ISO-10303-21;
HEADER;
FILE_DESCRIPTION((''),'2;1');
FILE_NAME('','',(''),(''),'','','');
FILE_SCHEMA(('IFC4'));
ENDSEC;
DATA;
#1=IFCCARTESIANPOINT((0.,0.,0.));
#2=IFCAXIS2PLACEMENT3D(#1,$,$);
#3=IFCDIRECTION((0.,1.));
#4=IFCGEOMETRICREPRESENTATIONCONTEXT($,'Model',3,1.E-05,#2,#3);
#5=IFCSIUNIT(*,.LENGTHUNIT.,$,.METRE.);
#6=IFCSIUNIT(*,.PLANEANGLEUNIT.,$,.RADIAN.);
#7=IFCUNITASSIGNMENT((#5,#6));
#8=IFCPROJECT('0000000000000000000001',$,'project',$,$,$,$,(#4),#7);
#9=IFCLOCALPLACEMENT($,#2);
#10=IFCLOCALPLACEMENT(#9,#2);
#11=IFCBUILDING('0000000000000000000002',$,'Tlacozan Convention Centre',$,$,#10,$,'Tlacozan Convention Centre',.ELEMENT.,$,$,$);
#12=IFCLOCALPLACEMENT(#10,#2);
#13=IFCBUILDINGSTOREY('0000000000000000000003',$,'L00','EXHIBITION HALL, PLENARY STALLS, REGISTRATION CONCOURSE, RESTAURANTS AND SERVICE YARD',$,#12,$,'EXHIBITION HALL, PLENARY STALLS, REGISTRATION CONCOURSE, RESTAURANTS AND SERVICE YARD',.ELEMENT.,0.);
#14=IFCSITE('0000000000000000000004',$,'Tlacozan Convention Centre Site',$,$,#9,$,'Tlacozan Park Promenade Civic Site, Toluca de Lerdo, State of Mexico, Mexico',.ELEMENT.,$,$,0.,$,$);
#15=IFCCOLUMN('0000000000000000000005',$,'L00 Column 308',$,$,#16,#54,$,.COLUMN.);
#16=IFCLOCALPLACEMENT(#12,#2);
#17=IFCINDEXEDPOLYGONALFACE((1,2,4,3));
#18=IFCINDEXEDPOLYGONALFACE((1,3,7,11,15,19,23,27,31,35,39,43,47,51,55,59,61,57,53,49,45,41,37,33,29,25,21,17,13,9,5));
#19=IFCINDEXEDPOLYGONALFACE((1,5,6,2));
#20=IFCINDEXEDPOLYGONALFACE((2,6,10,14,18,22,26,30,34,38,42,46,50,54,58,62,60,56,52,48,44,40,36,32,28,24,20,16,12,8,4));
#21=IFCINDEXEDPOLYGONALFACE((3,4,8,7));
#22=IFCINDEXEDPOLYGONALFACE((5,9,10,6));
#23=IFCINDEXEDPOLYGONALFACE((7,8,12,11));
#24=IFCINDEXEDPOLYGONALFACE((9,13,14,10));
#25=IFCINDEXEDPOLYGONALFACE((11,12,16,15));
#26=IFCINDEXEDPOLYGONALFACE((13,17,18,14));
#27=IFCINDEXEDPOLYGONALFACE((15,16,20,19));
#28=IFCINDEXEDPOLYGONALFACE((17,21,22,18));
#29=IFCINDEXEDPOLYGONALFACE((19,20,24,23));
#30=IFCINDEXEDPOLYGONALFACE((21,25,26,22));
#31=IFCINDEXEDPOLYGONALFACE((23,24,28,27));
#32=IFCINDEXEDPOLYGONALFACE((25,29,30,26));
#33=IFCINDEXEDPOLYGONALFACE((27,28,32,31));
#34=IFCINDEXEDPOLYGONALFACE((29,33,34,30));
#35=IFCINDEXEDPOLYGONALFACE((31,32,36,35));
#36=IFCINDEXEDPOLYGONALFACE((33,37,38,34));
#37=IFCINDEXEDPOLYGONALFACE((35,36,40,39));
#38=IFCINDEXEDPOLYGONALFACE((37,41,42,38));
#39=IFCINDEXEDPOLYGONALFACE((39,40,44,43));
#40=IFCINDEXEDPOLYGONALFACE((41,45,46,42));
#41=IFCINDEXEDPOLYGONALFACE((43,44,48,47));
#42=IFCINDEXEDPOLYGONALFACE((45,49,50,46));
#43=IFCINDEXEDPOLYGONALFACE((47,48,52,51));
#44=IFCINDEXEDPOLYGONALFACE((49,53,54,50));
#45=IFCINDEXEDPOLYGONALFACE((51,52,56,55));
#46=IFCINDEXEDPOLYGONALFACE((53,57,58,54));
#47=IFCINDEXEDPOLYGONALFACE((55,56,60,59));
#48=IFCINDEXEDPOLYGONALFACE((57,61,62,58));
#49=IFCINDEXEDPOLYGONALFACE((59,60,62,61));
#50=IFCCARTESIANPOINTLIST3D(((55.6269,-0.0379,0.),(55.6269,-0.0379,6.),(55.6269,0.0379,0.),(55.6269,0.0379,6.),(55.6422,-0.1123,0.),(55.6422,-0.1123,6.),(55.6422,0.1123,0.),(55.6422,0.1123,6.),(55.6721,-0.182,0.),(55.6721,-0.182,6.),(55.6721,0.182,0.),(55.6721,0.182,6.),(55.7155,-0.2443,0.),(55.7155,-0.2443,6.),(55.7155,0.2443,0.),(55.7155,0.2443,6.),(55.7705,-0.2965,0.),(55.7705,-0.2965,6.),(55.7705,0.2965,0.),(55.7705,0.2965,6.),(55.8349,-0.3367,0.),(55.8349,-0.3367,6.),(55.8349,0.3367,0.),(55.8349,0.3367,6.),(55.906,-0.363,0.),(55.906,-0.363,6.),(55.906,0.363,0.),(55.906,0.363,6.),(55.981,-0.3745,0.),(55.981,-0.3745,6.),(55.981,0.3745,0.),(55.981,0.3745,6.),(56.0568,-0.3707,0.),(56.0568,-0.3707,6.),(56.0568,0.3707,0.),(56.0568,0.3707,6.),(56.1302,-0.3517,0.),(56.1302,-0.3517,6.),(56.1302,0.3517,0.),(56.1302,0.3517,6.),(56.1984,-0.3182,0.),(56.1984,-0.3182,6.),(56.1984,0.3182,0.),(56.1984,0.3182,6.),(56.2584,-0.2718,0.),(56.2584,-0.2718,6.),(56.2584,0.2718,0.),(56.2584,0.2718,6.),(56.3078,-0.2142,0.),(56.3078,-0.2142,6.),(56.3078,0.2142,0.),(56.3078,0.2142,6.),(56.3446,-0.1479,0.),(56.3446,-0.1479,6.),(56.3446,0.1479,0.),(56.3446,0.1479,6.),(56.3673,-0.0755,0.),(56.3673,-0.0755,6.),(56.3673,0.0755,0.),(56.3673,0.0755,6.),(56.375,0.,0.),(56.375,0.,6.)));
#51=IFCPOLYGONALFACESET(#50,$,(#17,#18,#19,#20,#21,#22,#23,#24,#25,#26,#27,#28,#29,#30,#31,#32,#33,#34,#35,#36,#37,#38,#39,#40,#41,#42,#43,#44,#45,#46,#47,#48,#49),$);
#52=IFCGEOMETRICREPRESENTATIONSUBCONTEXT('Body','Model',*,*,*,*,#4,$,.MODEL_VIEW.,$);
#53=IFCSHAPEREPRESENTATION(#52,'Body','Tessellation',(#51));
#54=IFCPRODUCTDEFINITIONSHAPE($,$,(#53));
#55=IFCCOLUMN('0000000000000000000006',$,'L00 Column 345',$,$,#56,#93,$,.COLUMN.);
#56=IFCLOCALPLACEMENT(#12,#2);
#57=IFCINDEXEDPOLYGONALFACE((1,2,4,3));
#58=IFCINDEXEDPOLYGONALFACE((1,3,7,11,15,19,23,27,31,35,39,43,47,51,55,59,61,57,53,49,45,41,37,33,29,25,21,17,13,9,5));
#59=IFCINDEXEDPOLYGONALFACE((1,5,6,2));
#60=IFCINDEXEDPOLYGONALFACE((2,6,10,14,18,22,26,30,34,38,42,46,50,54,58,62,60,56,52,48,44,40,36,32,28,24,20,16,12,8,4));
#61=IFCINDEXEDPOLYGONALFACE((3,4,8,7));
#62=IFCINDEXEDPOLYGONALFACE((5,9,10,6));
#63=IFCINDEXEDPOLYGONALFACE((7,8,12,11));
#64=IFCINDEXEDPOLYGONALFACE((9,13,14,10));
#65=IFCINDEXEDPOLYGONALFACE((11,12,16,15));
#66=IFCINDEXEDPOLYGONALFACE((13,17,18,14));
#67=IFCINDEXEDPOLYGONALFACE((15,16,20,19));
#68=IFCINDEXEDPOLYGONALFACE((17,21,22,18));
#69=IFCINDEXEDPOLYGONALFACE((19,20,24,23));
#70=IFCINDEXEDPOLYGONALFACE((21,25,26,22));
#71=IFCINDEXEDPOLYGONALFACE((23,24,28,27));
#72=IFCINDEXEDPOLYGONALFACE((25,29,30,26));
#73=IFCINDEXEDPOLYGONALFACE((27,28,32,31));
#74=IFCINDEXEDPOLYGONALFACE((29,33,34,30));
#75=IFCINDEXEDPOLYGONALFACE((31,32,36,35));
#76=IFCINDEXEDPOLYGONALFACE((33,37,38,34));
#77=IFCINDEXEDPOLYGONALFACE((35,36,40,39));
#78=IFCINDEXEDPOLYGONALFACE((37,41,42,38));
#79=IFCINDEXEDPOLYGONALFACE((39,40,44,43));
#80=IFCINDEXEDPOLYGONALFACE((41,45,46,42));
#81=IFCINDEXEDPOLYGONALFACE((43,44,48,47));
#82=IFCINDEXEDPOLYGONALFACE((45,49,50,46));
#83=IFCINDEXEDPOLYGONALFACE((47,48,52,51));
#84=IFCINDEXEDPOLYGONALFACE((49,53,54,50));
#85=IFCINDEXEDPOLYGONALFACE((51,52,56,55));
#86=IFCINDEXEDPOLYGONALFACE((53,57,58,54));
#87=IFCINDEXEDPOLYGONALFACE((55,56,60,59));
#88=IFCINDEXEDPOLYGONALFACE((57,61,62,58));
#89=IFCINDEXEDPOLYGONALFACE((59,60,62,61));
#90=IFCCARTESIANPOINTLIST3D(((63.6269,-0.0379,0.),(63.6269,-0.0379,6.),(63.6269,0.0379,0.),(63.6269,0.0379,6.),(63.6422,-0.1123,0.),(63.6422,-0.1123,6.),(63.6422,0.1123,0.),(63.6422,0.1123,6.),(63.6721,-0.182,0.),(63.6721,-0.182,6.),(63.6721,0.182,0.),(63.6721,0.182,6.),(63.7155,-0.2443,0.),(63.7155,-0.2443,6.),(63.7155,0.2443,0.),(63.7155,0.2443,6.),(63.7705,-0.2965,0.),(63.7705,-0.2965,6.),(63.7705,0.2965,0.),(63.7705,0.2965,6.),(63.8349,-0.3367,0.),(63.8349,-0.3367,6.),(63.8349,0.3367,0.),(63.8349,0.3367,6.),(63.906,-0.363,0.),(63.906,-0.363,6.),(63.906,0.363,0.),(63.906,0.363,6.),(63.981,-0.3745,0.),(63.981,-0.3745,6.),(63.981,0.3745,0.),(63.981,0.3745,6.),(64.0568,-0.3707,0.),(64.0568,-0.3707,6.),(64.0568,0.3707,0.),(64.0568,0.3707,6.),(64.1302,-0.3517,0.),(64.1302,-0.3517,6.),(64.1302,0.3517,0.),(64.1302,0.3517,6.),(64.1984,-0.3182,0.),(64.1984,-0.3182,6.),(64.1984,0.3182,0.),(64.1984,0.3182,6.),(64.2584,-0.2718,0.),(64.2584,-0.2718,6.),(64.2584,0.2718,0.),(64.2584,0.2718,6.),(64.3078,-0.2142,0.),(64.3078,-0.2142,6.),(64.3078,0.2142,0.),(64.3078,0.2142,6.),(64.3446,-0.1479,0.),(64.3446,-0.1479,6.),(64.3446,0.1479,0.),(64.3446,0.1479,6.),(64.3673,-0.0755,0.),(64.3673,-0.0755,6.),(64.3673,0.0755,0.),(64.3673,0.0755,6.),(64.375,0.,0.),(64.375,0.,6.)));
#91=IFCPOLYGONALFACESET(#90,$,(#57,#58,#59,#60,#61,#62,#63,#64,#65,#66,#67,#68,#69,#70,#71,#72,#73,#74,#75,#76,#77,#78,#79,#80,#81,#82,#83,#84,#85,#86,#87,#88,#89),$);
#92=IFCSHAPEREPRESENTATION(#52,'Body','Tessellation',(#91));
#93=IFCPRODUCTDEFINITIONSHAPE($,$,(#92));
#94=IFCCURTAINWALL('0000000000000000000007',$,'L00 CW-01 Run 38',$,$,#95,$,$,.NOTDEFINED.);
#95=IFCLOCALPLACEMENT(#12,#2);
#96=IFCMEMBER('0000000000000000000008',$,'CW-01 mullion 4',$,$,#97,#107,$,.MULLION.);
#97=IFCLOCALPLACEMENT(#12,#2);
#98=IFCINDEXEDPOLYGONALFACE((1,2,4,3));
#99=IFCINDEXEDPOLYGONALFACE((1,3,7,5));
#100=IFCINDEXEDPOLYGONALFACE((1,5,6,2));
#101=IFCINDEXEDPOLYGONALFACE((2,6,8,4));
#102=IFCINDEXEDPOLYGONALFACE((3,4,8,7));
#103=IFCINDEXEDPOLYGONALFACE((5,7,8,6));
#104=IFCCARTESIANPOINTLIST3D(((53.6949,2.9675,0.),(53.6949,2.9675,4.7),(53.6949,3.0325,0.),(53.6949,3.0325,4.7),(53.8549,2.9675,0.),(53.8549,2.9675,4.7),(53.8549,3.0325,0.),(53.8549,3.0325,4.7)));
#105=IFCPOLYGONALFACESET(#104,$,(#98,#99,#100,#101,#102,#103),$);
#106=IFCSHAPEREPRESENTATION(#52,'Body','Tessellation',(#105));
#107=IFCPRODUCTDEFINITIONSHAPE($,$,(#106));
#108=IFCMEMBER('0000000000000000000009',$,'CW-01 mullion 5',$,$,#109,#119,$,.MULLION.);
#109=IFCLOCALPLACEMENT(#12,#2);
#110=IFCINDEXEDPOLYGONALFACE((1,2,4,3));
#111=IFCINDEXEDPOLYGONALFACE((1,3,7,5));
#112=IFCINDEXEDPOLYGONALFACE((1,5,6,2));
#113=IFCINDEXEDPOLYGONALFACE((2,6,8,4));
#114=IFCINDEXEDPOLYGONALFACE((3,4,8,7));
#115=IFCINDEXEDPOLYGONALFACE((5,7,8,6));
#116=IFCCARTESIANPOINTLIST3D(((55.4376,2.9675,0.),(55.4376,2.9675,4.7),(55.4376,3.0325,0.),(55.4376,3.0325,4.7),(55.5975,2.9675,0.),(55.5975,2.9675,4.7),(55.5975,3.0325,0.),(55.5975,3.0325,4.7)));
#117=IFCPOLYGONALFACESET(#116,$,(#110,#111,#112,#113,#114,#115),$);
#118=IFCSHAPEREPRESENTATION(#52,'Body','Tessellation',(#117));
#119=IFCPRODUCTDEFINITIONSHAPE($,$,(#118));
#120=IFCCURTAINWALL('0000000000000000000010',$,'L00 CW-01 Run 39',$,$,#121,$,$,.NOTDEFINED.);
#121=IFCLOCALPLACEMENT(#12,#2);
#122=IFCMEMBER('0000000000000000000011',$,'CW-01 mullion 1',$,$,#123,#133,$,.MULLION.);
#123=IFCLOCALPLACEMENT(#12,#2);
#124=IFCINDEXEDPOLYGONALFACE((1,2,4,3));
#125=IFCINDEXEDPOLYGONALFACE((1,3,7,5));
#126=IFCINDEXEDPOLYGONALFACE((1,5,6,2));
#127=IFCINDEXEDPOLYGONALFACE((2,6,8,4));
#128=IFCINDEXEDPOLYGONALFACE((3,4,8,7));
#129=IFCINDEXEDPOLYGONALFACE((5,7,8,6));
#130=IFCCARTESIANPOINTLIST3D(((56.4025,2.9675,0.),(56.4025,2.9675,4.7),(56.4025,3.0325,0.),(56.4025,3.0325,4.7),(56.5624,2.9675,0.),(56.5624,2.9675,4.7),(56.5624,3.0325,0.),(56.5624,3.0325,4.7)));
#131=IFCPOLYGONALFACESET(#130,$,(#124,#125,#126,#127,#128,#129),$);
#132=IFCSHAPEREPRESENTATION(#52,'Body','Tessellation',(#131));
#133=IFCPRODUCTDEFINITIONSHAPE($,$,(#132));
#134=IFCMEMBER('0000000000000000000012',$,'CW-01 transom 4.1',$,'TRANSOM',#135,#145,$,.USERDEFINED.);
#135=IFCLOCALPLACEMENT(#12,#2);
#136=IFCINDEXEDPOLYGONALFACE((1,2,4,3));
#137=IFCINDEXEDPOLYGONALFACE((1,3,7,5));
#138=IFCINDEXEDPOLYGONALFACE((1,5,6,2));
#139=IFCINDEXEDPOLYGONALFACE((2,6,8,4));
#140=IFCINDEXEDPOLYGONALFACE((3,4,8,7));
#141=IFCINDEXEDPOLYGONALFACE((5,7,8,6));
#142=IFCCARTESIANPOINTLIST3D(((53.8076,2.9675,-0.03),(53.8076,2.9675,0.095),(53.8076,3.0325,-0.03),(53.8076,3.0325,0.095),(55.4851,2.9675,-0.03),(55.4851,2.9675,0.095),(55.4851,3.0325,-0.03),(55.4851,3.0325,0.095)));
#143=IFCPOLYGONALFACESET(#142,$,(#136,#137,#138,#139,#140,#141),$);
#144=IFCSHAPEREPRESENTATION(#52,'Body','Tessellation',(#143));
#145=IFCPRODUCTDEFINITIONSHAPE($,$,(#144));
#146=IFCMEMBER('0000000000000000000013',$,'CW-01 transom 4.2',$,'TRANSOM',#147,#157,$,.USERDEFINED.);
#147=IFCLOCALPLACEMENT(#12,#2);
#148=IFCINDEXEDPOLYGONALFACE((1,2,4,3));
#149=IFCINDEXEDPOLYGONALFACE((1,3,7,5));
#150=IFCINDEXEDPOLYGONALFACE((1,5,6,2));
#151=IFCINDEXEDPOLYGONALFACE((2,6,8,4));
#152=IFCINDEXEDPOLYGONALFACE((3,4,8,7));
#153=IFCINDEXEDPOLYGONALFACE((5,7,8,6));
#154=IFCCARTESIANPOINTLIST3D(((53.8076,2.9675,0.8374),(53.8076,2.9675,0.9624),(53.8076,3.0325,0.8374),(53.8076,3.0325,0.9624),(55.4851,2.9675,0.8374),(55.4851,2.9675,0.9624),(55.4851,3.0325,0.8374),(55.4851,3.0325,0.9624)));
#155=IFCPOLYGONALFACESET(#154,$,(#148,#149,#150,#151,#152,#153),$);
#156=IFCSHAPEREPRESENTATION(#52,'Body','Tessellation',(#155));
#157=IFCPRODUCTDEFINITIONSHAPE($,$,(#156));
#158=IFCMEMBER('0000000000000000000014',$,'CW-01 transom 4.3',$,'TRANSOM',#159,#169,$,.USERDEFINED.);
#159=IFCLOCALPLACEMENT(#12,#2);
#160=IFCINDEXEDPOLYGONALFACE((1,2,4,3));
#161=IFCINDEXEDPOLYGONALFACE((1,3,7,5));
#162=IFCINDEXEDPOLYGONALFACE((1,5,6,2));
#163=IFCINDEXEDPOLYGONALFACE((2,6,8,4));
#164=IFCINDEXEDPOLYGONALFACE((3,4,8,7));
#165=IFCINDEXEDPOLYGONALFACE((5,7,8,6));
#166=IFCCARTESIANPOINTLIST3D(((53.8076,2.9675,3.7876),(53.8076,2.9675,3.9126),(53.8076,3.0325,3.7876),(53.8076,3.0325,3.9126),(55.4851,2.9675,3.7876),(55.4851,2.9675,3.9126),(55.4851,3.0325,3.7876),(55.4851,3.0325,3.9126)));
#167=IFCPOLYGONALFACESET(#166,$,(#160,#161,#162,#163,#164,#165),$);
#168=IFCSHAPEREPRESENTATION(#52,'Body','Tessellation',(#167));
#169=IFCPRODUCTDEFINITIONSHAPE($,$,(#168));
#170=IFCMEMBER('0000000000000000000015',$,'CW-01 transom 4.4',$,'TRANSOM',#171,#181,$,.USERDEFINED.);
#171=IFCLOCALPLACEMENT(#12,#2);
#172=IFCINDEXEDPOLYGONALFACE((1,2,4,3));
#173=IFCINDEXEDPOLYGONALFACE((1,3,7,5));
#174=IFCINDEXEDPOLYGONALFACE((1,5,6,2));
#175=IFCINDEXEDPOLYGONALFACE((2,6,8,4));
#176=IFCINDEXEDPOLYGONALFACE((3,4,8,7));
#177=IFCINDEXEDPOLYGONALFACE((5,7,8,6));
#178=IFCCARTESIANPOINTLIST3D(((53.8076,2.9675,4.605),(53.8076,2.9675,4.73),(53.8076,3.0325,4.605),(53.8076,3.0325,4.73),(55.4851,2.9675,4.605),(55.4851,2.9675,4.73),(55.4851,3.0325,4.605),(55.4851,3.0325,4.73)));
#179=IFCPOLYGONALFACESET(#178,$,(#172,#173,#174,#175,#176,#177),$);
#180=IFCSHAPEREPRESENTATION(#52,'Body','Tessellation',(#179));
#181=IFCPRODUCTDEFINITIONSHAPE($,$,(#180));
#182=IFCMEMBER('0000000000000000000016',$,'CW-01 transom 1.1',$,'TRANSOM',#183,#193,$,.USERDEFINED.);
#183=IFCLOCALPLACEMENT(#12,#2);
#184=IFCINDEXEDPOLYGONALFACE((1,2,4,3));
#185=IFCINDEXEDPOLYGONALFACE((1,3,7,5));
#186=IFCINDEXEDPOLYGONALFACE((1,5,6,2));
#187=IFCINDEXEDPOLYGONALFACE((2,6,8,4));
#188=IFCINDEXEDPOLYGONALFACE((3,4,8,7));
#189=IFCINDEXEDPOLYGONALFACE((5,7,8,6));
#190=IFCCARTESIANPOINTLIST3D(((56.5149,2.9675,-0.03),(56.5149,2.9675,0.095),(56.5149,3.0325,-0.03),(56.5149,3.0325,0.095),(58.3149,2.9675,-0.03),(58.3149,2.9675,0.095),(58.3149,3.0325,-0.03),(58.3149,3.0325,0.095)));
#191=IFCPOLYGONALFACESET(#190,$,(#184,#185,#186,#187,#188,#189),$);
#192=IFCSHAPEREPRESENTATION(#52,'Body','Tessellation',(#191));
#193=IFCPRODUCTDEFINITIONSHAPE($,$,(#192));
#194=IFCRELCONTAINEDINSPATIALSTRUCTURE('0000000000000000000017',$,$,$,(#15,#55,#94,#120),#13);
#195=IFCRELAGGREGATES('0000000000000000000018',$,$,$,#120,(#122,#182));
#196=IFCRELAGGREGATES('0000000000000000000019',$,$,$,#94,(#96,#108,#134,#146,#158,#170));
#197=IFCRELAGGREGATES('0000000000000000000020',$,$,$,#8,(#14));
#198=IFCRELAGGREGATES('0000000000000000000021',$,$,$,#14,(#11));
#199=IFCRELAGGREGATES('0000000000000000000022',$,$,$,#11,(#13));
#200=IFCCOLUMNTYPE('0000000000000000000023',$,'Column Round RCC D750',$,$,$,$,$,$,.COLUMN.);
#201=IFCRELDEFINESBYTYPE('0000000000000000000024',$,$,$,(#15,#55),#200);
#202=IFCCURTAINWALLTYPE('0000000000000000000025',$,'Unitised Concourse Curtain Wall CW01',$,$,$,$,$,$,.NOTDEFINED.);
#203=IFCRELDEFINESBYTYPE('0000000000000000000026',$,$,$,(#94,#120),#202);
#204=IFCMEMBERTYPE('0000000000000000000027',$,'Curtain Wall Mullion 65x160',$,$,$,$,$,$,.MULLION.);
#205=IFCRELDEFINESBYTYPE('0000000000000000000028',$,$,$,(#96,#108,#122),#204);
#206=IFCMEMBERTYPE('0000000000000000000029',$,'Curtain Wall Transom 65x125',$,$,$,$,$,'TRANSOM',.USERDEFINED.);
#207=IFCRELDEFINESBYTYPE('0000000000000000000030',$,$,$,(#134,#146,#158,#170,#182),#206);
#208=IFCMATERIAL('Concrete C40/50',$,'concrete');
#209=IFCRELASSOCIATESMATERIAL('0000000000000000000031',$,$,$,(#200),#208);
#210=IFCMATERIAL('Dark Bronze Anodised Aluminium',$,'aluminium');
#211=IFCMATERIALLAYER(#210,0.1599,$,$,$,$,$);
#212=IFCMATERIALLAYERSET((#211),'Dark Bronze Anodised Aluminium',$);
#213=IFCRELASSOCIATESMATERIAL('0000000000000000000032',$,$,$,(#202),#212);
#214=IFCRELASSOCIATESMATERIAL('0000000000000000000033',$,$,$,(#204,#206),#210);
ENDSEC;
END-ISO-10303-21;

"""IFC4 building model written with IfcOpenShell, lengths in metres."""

from ifc_helpers import new_model, si_unit, direction, frame, origin, origin_2d, place, context, subcontext, project, spatial, rectangle, circle, extrude, material, layer, layer_set, material_profile, profile_set, type_object, element, aggregate, save


model = new_model("IFC4")

# Units and contexts
model_context = context("Model", 3, precision=1e-05, world=origin(), true_north=direction((0.0, 1.0)))
body_context = subcontext(model_context, "Body", "Model", "MODEL_VIEW")
ifc_project = project(units=[si_unit("LENGTHUNIT", "METRE"), si_unit("PLANEANGLEUNIT", "RADIAN")], contexts=[model_context])

# Site, building, storey
site_placement = place(None, origin())
site = spatial("IfcSite", under=ifc_project, at=site_placement, Name="Tlacozan Convention Centre Site", LongName="Tlacozan Park Promenade Civic Site, Toluca de Lerdo, State of Mexico, Mexico", CompositionType="ELEMENT", RefElevation=0.0)
building_placement = place(site_placement, origin())
building = spatial("IfcBuilding", under=site, at=building_placement, Name="Tlacozan Convention Centre", LongName="Tlacozan Convention Centre", CompositionType="ELEMENT")
storey_placement = place(building_placement, origin())
storey = spatial("IfcBuildingStorey", under=building, at=storey_placement, Name="L00", Description="EXHIBITION HALL, PLENARY STALLS, REGISTRATION CONCOURSE, RESTAURANTS AND SERVICE YARD", LongName="EXHIBITION HALL, PLENARY STALLS, REGISTRATION CONCOURSE, RESTAURANTS AND SERVICE YARD", CompositionType="ELEMENT", Elevation=0.0)

# Columns
ifc_material_1 = material(Name="Concrete C40/50", Category="concrete")
ifc_material_profile_1 = material_profile(ifc_material_1, circle(Radius=0.375, at=origin_2d()), Name="RCC D750")
ifc_profile_set_1 = profile_set([ifc_material_profile_1], Name="Concrete C40/50")
column_type = type_object("IfcColumnType", Name="Column Round RCC D750", PredefinedType="COLUMN", material=ifc_profile_set_1)
for number, where, z_axis, x_axis, name in (
    (1, (56.0, 0.0, 0.0), (0.0, 0.0, 1.0), (1.0, 0.0, 0.0), "L00 Column 308"),
    (2, (64.0, 0.0, 0.0), (0.0, 0.0, 1.0), (1.0, 0.0, 0.0), "L00 Column 345"),
):
    element("IfcColumn", number, at=place(storey_placement, frame(where, z_axis=z_axis, x_axis=x_axis)), inside=storey, type_object=column_type, Name=name, PredefinedType="COLUMN", context=body_context, shape_type="SweptSolid", body=[
        extrude(circle(Radius=0.375, at=origin_2d()), origin(), (0.0, 0.0, 1.0), 6.0),
    ])

# Curtain wall, members
ifc_material_2 = material(Name="Dark Bronze Anodised Aluminium", Category="aluminium")
ifc_layer_1 = layer(ifc_material_2, 0.1599)
ifc_layer_set_1 = layer_set([ifc_layer_1], Name="Dark Bronze Anodised Aluminium")
curtain_wall_type = type_object("IfcCurtainWallType", Name="Unitised Concourse Curtain Wall CW01", PredefinedType="NOTDEFINED", material=ifc_layer_set_1)
curtain_wall_1_placement = place(storey_placement, origin())
curtain_wall_1 = element("IfcCurtainWall", 3, at=curtain_wall_1_placement, inside=storey, type_object=curtain_wall_type, Name="L00 CW-01 Run 38", PredefinedType="NOTDEFINED")
ifc_material_profile_2 = material_profile(ifc_material_2, rectangle(XDim=0.0649, YDim=0.1599, at=origin_2d()), Name="ALU 65x160")
ifc_profile_set_2 = profile_set([ifc_material_profile_2], Name="Dark Bronze Anodised Aluminium")
member_type_1 = type_object("IfcMemberType", Name="Curtain Wall Mullion 65x160", PredefinedType="MULLION", material=ifc_profile_set_2)
member_1_placement = place(storey_placement, frame((53.7749, 3.0, 0.0), z_axis=(0.0, 0.0, 1.0), x_axis=(0.0, 1.0, 0.0)))
member_1 = element("IfcMember", 4, at=member_1_placement, type_object=member_type_1, Name="CW-01 mullion 4", PredefinedType="MULLION", context=body_context, shape_type="SweptSolid", body=[
    extrude(rectangle(XDim=0.0649, YDim=0.1599, at=origin_2d()), origin(), (0.0, 0.0, 1.0), 4.7),
])
member_2_placement = place(storey_placement, frame((55.5176, 3.0, 0.0), z_axis=(0.0, 0.0, 1.0), x_axis=(0.0, 1.0, 0.0)))
member_2 = element("IfcMember", 5, at=member_2_placement, type_object=member_type_1, Name="CW-01 mullion 5", PredefinedType="MULLION", context=body_context, shape_type="SweptSolid", body=[
    extrude(rectangle(XDim=0.0649, YDim=0.1599, at=origin_2d()), origin(), (0.0, 0.0, 1.0), 4.7),
])

# Curtain wall, member
curtain_wall_2_placement = place(storey_placement, origin())
curtain_wall_2 = element("IfcCurtainWall", 6, at=curtain_wall_2_placement, inside=storey, type_object=curtain_wall_type, Name="L00 CW-01 Run 39", PredefinedType="NOTDEFINED")
member_3_placement = place(storey_placement, frame((56.4824, 3.0, 0.0), z_axis=(0.0, 0.0, 1.0), x_axis=(0.0, 1.0, 0.0)))
member_3 = element("IfcMember", 7, at=member_3_placement, type_object=member_type_1, Name="CW-01 mullion 1", PredefinedType="MULLION", context=body_context, shape_type="SweptSolid", body=[
    extrude(rectangle(XDim=0.0649, YDim=0.1599, at=origin_2d()), origin(), (0.0, 0.0, 1.0), 4.7),
])

# Members
ifc_material_profile_3 = material_profile(ifc_material_2, rectangle(XDim=0.0649, YDim=0.125, at=origin_2d()), Name="ALU 65x125")
ifc_profile_set_3 = profile_set([ifc_material_profile_3], Name="Dark Bronze Anodised Aluminium")
member_type_2 = type_object("IfcMemberType", Name="Curtain Wall Transom 65x125", ElementType="TRANSOM", PredefinedType="USERDEFINED", material=ifc_profile_set_3)
member_4_placement = place(storey_placement, frame((53.8076, 3.0, 0.0325), z_axis=(1.0, 0.0, 0.0), x_axis=(0.0, 1.0, 0.0)))
member_4 = element("IfcMember", 8, at=member_4_placement, type_object=member_type_2, Name="CW-01 transom 4.1", ObjectType="TRANSOM", PredefinedType="USERDEFINED", context=body_context, shape_type="SweptSolid", body=[
    extrude(rectangle(XDim=0.0649, YDim=0.125, at=origin_2d()), origin(), (0.0, 0.0, 1.0), 1.6775),
])
member_5_placement = place(storey_placement, frame((53.8076, 3.0, 0.8999), z_axis=(1.0, 0.0, 0.0), x_axis=(0.0, 1.0, 0.0)))
member_5 = element("IfcMember", 9, at=member_5_placement, type_object=member_type_2, Name="CW-01 transom 4.2", ObjectType="TRANSOM", PredefinedType="USERDEFINED", context=body_context, shape_type="SweptSolid", body=[
    extrude(rectangle(XDim=0.0649, YDim=0.125, at=origin_2d()), origin(), (0.0, 0.0, 1.0), 1.6775),
])
member_6_placement = place(storey_placement, frame((53.8076, 3.0, 3.8501), z_axis=(1.0, 0.0, 0.0), x_axis=(0.0, 1.0, 0.0)))
member_6 = element("IfcMember", 10, at=member_6_placement, type_object=member_type_2, Name="CW-01 transom 4.3", ObjectType="TRANSOM", PredefinedType="USERDEFINED", context=body_context, shape_type="SweptSolid", body=[
    extrude(rectangle(XDim=0.0649, YDim=0.125, at=origin_2d()), origin(), (0.0, 0.0, 1.0), 1.6775),
])
member_7_placement = place(storey_placement, frame((53.8076, 3.0, 4.6675), z_axis=(1.0, 0.0, 0.0), x_axis=(0.0, 1.0, 0.0)))
member_7 = element("IfcMember", 11, at=member_7_placement, type_object=member_type_2, Name="CW-01 transom 4.4", ObjectType="TRANSOM", PredefinedType="USERDEFINED", context=body_context, shape_type="SweptSolid", body=[
    extrude(rectangle(XDim=0.0649, YDim=0.125, at=origin_2d()), origin(), (0.0, 0.0, 1.0), 1.6775),
])
member_8_placement = place(storey_placement, frame((56.5149, 3.0, 0.0325), z_axis=(1.0, 0.0, 0.0), x_axis=(0.0, 1.0, 0.0)))
member_8 = element("IfcMember", 12, at=member_8_placement, type_object=member_type_2, Name="CW-01 transom 1.1", ObjectType="TRANSOM", PredefinedType="USERDEFINED", context=body_context, shape_type="SweptSolid", body=[
    extrude(rectangle(XDim=0.0649, YDim=0.125, at=origin_2d()), origin(), (0.0, 0.0, 1.0), 1.8),
])
aggregate(curtain_wall_2, [member_3, member_8])

aggregate(curtain_wall_1, [member_1, member_2, member_4, member_5, member_6, member_7])

save(model, "model.ifc")
